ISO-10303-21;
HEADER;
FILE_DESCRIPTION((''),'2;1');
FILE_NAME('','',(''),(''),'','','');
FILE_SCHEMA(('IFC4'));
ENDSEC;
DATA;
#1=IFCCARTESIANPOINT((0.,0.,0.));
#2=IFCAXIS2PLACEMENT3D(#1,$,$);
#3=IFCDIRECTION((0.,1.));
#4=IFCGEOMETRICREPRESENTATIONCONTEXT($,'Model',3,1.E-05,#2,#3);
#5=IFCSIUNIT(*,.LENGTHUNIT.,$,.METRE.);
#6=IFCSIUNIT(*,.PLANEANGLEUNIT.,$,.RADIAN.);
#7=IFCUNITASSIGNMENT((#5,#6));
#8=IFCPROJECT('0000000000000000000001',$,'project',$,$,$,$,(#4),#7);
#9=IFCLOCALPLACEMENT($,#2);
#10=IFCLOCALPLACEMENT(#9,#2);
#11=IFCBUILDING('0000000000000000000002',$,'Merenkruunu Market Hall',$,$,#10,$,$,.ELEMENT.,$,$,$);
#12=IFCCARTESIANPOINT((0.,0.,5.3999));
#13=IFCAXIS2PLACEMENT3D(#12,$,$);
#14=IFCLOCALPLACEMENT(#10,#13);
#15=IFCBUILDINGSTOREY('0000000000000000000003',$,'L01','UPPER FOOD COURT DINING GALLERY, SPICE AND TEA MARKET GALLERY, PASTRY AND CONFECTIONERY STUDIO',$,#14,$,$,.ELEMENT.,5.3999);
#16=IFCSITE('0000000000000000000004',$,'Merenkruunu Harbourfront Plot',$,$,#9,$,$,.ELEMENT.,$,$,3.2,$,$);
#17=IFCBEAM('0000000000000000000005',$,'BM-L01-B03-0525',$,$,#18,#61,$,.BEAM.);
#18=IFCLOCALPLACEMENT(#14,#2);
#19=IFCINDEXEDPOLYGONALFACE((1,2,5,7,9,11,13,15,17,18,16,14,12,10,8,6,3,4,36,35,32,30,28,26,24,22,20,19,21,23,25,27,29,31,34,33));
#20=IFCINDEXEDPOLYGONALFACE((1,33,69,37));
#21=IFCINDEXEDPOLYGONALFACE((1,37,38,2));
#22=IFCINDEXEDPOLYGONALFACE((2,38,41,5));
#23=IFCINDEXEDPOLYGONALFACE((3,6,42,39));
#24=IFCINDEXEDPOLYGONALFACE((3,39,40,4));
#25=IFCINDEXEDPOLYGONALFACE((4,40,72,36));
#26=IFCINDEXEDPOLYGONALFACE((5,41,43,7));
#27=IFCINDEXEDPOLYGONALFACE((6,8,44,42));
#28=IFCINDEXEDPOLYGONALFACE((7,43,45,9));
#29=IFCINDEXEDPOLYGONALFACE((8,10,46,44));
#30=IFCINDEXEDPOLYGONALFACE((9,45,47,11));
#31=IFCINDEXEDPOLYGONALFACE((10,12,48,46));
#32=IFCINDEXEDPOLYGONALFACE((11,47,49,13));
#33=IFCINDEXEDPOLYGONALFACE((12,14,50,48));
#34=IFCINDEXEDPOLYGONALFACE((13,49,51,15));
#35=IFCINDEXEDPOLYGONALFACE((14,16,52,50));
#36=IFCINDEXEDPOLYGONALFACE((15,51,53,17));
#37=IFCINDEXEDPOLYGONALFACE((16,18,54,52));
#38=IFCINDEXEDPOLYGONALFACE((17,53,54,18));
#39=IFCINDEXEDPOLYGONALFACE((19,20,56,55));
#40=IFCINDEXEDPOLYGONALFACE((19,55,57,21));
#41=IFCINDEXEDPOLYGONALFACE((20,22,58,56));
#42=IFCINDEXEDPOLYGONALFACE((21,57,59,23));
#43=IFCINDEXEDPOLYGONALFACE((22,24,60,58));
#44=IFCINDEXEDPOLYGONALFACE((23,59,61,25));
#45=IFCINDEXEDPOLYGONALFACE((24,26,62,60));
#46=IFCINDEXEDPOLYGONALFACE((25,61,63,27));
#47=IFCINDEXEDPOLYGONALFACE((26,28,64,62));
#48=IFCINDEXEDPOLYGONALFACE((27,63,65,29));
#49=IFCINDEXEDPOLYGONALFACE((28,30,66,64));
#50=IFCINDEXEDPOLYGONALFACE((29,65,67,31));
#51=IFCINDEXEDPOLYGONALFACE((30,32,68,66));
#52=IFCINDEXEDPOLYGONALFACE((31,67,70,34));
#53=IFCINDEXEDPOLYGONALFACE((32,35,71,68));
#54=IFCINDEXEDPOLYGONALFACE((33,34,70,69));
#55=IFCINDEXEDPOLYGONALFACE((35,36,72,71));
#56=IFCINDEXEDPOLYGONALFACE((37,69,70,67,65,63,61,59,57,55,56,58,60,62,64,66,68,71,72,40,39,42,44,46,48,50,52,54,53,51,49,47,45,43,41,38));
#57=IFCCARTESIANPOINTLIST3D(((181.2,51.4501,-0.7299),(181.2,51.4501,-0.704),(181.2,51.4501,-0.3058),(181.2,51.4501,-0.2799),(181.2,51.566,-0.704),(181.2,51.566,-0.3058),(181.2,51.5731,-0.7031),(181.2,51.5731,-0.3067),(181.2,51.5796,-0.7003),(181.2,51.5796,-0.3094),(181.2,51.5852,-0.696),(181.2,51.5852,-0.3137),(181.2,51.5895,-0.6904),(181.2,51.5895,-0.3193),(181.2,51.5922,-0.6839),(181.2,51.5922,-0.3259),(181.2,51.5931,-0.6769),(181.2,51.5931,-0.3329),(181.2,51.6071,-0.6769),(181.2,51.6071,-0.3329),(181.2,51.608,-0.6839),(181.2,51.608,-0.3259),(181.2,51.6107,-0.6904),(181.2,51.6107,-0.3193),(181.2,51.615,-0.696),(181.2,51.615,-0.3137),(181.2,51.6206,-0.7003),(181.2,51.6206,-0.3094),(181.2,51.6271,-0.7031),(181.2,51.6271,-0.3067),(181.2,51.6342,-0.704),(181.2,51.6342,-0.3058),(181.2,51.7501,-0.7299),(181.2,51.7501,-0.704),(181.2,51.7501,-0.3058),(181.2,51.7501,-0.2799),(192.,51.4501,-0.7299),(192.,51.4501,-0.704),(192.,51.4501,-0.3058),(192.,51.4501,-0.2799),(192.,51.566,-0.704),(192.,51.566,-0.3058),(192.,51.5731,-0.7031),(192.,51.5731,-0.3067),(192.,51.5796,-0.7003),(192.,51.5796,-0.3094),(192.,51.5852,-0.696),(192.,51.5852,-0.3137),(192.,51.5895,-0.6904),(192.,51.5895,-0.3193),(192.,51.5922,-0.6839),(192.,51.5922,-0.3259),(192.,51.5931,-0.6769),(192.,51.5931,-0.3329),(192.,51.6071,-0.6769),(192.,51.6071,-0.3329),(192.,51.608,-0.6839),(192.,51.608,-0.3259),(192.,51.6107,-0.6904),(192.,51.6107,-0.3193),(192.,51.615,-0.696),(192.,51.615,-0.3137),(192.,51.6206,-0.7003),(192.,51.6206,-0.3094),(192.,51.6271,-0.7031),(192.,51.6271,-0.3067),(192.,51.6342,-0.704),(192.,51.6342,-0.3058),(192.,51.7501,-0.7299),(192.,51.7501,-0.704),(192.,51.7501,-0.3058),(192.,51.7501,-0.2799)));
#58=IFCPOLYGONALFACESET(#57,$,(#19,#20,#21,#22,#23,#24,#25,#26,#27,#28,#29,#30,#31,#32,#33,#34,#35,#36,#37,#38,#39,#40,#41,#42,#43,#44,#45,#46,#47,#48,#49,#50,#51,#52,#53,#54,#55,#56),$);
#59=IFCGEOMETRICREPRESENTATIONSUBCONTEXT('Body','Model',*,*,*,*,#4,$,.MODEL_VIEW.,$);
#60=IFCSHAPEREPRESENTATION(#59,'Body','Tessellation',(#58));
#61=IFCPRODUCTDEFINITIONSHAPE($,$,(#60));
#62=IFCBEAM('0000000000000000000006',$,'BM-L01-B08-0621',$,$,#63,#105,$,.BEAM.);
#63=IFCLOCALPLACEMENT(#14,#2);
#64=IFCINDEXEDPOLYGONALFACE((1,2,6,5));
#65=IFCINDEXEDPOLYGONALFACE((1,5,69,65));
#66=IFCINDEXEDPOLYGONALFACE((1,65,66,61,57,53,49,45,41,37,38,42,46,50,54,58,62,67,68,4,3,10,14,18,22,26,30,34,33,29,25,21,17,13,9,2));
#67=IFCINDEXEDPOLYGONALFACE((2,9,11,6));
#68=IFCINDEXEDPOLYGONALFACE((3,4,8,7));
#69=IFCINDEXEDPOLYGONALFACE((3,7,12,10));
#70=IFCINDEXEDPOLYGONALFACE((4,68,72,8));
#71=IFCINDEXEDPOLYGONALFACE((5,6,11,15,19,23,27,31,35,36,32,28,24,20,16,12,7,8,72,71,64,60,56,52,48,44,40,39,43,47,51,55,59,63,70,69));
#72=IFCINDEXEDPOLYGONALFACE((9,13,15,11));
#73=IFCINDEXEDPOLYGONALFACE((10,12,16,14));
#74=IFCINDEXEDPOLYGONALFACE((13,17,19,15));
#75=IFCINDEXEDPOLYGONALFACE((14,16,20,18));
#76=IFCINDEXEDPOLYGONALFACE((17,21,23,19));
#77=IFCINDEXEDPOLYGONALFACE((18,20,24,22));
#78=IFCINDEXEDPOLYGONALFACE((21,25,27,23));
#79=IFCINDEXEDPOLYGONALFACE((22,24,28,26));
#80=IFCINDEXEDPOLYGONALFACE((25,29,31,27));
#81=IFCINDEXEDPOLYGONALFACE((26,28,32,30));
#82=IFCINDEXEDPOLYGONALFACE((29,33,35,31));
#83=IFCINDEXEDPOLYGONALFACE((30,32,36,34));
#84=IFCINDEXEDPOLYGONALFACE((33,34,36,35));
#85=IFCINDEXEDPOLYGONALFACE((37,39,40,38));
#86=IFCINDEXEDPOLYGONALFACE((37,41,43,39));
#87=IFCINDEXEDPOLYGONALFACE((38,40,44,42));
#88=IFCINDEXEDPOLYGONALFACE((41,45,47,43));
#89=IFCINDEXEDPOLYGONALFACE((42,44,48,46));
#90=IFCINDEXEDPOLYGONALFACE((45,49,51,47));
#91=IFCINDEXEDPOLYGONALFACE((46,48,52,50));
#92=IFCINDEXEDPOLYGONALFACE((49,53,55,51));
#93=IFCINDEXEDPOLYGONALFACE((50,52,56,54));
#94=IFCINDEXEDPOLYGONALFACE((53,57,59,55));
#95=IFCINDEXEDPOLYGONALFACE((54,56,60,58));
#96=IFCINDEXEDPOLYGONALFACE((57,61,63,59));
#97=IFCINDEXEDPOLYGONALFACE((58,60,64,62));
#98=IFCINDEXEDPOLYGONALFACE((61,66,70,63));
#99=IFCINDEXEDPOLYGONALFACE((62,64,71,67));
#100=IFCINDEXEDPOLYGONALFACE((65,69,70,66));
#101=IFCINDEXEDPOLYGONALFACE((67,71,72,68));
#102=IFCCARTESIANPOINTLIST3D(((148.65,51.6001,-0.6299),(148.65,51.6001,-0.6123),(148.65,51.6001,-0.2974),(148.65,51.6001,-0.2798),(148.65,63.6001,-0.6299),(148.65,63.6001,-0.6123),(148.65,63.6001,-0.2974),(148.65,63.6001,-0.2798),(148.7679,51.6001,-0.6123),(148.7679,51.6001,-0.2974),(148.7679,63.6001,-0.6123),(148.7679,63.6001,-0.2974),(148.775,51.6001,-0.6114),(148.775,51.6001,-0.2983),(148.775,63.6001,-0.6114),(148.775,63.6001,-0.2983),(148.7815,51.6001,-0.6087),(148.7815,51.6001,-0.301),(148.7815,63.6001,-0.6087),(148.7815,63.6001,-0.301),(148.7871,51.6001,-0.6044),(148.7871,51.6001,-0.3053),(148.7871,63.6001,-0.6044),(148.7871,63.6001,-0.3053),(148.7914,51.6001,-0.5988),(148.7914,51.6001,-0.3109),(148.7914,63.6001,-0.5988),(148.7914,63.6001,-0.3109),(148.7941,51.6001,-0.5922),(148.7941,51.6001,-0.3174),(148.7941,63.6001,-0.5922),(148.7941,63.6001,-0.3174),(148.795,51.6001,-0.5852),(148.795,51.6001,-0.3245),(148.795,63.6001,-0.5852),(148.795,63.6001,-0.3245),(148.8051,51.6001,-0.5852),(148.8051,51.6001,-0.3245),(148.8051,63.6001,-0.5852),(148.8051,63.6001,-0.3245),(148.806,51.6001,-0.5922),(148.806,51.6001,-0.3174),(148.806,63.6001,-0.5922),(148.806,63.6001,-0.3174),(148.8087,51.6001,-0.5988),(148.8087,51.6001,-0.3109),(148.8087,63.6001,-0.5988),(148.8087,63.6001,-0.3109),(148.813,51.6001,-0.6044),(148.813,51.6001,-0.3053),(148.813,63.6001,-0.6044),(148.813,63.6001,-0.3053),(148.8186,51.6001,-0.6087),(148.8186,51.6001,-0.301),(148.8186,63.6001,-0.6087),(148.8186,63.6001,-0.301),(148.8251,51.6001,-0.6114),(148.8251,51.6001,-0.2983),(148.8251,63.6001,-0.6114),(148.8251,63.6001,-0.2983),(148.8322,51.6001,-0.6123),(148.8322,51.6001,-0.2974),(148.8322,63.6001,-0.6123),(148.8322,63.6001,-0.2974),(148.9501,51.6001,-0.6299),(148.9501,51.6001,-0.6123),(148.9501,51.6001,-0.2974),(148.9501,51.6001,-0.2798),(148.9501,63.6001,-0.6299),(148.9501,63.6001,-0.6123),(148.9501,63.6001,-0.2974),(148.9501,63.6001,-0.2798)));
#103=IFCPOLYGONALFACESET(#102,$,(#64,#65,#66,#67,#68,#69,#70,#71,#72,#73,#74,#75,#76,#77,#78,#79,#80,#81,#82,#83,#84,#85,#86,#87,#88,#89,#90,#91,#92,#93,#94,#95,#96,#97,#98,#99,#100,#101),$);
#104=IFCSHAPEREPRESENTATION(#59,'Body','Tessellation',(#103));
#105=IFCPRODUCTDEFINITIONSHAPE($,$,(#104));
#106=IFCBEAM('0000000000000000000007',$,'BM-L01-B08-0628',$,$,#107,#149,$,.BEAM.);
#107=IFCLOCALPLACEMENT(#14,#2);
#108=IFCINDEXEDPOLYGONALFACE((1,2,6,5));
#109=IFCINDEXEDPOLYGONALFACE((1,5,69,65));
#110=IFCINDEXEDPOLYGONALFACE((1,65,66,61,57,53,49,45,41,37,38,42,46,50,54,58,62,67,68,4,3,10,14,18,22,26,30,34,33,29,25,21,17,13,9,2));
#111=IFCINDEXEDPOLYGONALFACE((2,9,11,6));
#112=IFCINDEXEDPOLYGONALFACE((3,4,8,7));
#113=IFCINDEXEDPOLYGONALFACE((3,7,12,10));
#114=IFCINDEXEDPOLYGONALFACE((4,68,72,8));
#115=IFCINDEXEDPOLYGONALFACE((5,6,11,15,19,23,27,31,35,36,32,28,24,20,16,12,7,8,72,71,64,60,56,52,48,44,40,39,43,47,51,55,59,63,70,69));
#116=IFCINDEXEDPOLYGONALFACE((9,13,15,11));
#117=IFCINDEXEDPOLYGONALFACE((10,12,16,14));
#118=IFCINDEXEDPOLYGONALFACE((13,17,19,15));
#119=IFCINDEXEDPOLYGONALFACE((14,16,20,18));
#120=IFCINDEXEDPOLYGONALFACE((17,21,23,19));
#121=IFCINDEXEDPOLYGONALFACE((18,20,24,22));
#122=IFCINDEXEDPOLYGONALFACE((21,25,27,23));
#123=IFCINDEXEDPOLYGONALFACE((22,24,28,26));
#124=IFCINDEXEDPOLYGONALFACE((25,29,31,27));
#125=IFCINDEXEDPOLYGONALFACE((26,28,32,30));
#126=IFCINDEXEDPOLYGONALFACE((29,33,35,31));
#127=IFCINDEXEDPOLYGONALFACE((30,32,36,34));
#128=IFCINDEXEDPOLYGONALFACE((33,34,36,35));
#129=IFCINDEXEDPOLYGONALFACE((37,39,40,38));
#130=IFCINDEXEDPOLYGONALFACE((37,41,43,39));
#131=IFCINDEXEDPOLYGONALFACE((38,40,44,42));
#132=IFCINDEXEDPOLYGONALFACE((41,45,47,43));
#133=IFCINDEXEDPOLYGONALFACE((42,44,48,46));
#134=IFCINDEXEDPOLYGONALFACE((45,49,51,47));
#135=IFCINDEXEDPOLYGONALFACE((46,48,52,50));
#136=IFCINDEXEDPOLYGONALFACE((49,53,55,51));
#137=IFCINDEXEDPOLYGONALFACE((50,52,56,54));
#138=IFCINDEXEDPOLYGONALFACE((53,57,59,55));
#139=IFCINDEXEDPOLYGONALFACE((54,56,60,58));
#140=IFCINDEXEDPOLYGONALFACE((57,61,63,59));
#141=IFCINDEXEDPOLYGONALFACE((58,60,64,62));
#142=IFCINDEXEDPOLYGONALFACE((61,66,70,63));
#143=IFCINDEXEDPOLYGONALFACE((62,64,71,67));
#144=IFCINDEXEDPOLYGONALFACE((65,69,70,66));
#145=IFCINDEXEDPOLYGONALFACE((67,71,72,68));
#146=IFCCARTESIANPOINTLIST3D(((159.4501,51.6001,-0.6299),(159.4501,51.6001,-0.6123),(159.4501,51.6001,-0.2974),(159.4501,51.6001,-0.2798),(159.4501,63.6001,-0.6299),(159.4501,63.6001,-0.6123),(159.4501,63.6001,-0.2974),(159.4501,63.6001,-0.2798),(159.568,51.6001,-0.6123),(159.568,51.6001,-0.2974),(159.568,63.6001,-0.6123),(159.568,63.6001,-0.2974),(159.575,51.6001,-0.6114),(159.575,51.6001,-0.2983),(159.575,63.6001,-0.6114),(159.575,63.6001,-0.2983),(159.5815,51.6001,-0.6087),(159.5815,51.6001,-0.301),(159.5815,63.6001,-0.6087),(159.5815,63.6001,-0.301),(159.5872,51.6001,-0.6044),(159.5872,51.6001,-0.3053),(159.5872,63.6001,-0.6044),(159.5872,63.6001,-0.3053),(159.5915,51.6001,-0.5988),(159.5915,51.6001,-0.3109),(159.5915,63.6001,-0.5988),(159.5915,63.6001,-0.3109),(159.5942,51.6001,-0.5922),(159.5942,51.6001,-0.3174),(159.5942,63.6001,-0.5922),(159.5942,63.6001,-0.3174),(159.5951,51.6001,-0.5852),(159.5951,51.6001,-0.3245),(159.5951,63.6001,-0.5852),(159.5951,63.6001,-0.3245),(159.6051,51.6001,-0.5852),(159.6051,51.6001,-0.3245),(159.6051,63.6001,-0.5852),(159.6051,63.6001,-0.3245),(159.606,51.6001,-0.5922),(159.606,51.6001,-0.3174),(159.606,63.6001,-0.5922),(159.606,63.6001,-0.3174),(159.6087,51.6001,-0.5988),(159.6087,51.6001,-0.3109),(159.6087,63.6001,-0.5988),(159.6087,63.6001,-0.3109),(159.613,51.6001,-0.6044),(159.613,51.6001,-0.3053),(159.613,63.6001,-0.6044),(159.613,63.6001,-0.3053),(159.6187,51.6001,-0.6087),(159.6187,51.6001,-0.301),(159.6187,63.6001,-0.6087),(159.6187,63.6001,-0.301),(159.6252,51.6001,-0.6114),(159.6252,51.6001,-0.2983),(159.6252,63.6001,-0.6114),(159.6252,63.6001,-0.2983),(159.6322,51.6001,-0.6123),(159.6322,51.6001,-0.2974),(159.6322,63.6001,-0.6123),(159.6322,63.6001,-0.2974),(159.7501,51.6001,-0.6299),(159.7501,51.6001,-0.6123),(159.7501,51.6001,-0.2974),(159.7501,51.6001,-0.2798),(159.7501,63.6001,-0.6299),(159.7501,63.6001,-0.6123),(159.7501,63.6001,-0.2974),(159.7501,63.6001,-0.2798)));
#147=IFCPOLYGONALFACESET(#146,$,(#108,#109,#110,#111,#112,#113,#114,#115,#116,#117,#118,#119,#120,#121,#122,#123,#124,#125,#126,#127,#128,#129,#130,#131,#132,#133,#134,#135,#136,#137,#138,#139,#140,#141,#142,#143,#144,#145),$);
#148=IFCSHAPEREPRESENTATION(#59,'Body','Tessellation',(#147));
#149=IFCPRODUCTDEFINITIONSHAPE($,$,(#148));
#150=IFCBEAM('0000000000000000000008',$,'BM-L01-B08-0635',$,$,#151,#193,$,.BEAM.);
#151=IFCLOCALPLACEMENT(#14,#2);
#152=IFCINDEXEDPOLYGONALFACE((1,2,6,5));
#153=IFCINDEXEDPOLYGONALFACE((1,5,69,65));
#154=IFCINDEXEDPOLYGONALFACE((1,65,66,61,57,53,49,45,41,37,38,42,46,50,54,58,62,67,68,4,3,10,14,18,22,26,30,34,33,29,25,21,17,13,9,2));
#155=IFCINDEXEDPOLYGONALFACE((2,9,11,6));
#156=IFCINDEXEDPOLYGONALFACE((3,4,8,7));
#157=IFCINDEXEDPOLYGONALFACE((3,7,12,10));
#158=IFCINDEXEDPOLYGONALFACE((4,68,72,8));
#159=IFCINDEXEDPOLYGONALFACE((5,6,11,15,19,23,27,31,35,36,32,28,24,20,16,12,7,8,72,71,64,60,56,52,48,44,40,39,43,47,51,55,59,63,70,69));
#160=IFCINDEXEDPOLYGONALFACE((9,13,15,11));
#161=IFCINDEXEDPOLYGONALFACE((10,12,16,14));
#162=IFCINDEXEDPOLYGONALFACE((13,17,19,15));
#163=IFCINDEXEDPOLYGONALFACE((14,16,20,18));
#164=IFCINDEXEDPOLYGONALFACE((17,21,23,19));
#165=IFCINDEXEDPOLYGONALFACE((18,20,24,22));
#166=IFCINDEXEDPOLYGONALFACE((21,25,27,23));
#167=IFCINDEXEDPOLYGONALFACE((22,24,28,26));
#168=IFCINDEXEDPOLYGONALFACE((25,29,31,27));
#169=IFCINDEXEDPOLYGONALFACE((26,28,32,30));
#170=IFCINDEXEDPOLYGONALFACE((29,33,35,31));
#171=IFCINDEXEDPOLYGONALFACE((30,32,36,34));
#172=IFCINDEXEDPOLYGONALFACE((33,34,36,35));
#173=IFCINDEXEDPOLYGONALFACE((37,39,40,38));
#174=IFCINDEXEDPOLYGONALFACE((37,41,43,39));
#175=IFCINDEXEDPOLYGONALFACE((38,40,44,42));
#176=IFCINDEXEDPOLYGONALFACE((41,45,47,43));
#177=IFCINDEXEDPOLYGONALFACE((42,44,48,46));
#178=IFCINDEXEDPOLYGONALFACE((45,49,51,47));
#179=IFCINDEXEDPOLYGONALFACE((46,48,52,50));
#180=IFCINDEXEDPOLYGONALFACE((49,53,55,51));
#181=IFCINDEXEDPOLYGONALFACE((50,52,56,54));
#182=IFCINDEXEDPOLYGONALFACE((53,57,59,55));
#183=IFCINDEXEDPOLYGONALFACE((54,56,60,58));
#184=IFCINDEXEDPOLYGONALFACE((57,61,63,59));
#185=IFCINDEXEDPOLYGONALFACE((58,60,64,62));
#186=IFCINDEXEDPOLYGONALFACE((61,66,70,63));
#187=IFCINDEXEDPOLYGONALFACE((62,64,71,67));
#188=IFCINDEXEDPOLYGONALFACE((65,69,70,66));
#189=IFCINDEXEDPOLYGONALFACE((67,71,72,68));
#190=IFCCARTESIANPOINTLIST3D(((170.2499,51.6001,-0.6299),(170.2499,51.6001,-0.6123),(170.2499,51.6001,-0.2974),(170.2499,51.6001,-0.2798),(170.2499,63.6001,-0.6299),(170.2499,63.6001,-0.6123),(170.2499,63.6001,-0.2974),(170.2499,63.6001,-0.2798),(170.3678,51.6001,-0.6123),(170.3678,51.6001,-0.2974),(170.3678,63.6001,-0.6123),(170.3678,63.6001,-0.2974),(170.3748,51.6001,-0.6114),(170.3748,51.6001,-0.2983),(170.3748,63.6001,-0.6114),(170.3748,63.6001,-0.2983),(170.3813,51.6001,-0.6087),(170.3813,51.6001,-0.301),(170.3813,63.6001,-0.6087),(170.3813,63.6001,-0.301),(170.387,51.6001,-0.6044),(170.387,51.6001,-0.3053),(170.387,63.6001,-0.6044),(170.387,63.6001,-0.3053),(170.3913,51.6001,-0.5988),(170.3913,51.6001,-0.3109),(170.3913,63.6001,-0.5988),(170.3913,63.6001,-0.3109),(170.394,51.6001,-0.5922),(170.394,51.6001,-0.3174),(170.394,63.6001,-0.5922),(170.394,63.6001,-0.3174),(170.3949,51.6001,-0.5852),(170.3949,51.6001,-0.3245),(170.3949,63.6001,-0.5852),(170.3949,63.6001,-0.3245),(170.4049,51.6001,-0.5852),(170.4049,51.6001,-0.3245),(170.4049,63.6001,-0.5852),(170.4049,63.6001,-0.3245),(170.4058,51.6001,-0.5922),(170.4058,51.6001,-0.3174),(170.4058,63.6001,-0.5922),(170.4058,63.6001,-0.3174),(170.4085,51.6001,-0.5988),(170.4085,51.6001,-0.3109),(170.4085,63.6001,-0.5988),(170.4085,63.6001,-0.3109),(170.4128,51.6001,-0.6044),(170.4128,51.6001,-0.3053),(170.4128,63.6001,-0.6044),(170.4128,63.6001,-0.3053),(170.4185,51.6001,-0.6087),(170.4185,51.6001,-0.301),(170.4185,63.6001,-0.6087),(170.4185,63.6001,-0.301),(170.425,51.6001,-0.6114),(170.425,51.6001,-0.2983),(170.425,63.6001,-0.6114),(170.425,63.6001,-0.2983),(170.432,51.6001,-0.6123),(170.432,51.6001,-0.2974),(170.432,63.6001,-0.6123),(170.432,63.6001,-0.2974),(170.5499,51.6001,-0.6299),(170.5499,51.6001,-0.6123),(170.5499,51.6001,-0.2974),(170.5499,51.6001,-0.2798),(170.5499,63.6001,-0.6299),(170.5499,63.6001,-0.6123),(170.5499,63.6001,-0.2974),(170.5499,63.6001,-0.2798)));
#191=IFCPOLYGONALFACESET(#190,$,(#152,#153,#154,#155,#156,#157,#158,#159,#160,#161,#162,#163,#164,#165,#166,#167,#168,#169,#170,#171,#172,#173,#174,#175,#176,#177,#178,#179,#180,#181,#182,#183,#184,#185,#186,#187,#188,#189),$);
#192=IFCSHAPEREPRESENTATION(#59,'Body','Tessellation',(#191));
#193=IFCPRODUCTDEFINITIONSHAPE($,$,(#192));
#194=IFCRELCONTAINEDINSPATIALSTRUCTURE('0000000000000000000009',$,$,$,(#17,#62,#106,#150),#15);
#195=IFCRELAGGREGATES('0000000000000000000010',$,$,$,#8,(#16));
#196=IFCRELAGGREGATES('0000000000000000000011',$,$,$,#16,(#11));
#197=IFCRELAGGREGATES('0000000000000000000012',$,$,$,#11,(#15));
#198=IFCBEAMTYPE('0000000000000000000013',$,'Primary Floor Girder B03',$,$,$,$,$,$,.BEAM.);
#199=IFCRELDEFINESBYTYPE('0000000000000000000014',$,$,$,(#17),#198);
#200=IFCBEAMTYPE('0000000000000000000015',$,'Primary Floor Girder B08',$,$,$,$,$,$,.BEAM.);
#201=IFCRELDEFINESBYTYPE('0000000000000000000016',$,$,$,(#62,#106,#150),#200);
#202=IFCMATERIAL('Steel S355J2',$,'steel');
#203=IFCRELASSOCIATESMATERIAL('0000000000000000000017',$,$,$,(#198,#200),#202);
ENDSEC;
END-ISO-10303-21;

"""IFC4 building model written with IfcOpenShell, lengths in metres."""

from ifc_helpers import new_model, si_unit, direction, frame, origin, origin_2d, place, context, subcontext, project, spatial, i_section, extrude, material, material_profile, profile_set, type_object, element, save


model = new_model("IFC4")

# Units and contexts
model_context = context("Model", 3, precision=1e-05, world=origin(), true_north=direction((0.0, 1.0)))
body_context = subcontext(model_context, "Body", "Model", "MODEL_VIEW")
ifc_project = project(units=[si_unit("LENGTHUNIT", "METRE"), si_unit("PLANEANGLEUNIT", "RADIAN")], contexts=[model_context])

# Site, building, storey
site_placement = place(None, origin())
site = spatial("IfcSite", under=ifc_project, at=site_placement, Name="Merenkruunu Harbourfront Plot", CompositionType="ELEMENT", RefElevation=3.2)
building_placement = place(site_placement, origin())
building = spatial("IfcBuilding", under=site, at=building_placement, Name="Merenkruunu Market Hall", CompositionType="ELEMENT")
storey_placement = place(building_placement, frame((0.0, 0.0, 5.3999)))
storey = spatial("IfcBuildingStorey", under=building, at=storey_placement, Name="L01", Description="UPPER FOOD COURT DINING GALLERY, SPICE AND TEA MARKET GALLERY, PASTRY AND CONFECTIONERY STUDIO", CompositionType="ELEMENT", Elevation=5.3999)

# Shared definitions
ifc_material_1 = material(Name="Steel S355J2", Category="steel")

# Beams
ifc_material_profile_1 = material_profile(ifc_material_1, i_section(OverallWidth=0.3, OverallDepth=0.45, WebThickness=0.0139, FlangeThickness=0.0259, FilletRadius=0.0271, at=origin_2d()), Name="HEB 450")
ifc_profile_set_1 = profile_set([ifc_material_profile_1], Name="Steel S355J2")
beam_type_1 = type_object("IfcBeamType", Name="Primary Floor Girder B03", PredefinedType="BEAM", material=ifc_profile_set_1)
for number, where, z_axis, x_axis, name in (
    (1, (181.2, 51.6001, -0.5049), (1.0, 0.0, 0.0), (0.0, 1.0, 0.0), "BM-L01-B03-0525"),
):
    element("IfcBeam", number, at=place(storey_placement, frame(where, z_axis=z_axis, x_axis=x_axis)), inside=storey, type_object=beam_type_1, Name=name, PredefinedType="BEAM", context=body_context, shape_type="SweptSolid", body=[
        extrude(i_section(OverallWidth=0.3, OverallDepth=0.45, WebThickness=0.0139, FlangeThickness=0.0259, FilletRadius=0.0271, at=origin_2d()), origin(), (0.0, 0.0, 1.0), 10.8),
    ])
ifc_material_profile_2 = material_profile(ifc_material_1, i_section(OverallWidth=0.3, OverallDepth=0.3501, WebThickness=0.01, FlangeThickness=0.0176, FilletRadius=0.0271, at=origin_2d()), Name="HEA 360")
ifc_profile_set_2 = profile_set([ifc_material_profile_2], Name="Steel S355J2")
beam_type_2 = type_object("IfcBeamType", Name="Primary Floor Girder B08", PredefinedType="BEAM", material=ifc_profile_set_2)
for number, where, z_axis, x_axis, name in (
    (2, (148.8, 51.6001, -0.4548), (0.0, 1.0, 0.0), (-1.0, 0.0, 0.0), "BM-L01-B08-0621"),
    (3, (159.6001, 51.6001, -0.4548), (0.0, 1.0, 0.0), (-1.0, 0.0, 0.0), "BM-L01-B08-0628"),
    (4, (170.3999, 51.6001, -0.4548), (0.0, 1.0, 0.0), (-1.0, 0.0, 0.0), "BM-L01-B08-0635"),
):
    element("IfcBeam", number, at=place(storey_placement, frame(where, z_axis=z_axis, x_axis=x_axis)), inside=storey, type_object=beam_type_2, Name=name, PredefinedType="BEAM", context=body_context, shape_type="SweptSolid", body=[
        extrude(i_section(OverallWidth=0.3, OverallDepth=0.3501, WebThickness=0.01, FlangeThickness=0.0176, FilletRadius=0.0271, at=origin_2d()), origin(), (0.0, 0.0, 1.0), 12.0),
    ])

save(model, "model.ifc")
